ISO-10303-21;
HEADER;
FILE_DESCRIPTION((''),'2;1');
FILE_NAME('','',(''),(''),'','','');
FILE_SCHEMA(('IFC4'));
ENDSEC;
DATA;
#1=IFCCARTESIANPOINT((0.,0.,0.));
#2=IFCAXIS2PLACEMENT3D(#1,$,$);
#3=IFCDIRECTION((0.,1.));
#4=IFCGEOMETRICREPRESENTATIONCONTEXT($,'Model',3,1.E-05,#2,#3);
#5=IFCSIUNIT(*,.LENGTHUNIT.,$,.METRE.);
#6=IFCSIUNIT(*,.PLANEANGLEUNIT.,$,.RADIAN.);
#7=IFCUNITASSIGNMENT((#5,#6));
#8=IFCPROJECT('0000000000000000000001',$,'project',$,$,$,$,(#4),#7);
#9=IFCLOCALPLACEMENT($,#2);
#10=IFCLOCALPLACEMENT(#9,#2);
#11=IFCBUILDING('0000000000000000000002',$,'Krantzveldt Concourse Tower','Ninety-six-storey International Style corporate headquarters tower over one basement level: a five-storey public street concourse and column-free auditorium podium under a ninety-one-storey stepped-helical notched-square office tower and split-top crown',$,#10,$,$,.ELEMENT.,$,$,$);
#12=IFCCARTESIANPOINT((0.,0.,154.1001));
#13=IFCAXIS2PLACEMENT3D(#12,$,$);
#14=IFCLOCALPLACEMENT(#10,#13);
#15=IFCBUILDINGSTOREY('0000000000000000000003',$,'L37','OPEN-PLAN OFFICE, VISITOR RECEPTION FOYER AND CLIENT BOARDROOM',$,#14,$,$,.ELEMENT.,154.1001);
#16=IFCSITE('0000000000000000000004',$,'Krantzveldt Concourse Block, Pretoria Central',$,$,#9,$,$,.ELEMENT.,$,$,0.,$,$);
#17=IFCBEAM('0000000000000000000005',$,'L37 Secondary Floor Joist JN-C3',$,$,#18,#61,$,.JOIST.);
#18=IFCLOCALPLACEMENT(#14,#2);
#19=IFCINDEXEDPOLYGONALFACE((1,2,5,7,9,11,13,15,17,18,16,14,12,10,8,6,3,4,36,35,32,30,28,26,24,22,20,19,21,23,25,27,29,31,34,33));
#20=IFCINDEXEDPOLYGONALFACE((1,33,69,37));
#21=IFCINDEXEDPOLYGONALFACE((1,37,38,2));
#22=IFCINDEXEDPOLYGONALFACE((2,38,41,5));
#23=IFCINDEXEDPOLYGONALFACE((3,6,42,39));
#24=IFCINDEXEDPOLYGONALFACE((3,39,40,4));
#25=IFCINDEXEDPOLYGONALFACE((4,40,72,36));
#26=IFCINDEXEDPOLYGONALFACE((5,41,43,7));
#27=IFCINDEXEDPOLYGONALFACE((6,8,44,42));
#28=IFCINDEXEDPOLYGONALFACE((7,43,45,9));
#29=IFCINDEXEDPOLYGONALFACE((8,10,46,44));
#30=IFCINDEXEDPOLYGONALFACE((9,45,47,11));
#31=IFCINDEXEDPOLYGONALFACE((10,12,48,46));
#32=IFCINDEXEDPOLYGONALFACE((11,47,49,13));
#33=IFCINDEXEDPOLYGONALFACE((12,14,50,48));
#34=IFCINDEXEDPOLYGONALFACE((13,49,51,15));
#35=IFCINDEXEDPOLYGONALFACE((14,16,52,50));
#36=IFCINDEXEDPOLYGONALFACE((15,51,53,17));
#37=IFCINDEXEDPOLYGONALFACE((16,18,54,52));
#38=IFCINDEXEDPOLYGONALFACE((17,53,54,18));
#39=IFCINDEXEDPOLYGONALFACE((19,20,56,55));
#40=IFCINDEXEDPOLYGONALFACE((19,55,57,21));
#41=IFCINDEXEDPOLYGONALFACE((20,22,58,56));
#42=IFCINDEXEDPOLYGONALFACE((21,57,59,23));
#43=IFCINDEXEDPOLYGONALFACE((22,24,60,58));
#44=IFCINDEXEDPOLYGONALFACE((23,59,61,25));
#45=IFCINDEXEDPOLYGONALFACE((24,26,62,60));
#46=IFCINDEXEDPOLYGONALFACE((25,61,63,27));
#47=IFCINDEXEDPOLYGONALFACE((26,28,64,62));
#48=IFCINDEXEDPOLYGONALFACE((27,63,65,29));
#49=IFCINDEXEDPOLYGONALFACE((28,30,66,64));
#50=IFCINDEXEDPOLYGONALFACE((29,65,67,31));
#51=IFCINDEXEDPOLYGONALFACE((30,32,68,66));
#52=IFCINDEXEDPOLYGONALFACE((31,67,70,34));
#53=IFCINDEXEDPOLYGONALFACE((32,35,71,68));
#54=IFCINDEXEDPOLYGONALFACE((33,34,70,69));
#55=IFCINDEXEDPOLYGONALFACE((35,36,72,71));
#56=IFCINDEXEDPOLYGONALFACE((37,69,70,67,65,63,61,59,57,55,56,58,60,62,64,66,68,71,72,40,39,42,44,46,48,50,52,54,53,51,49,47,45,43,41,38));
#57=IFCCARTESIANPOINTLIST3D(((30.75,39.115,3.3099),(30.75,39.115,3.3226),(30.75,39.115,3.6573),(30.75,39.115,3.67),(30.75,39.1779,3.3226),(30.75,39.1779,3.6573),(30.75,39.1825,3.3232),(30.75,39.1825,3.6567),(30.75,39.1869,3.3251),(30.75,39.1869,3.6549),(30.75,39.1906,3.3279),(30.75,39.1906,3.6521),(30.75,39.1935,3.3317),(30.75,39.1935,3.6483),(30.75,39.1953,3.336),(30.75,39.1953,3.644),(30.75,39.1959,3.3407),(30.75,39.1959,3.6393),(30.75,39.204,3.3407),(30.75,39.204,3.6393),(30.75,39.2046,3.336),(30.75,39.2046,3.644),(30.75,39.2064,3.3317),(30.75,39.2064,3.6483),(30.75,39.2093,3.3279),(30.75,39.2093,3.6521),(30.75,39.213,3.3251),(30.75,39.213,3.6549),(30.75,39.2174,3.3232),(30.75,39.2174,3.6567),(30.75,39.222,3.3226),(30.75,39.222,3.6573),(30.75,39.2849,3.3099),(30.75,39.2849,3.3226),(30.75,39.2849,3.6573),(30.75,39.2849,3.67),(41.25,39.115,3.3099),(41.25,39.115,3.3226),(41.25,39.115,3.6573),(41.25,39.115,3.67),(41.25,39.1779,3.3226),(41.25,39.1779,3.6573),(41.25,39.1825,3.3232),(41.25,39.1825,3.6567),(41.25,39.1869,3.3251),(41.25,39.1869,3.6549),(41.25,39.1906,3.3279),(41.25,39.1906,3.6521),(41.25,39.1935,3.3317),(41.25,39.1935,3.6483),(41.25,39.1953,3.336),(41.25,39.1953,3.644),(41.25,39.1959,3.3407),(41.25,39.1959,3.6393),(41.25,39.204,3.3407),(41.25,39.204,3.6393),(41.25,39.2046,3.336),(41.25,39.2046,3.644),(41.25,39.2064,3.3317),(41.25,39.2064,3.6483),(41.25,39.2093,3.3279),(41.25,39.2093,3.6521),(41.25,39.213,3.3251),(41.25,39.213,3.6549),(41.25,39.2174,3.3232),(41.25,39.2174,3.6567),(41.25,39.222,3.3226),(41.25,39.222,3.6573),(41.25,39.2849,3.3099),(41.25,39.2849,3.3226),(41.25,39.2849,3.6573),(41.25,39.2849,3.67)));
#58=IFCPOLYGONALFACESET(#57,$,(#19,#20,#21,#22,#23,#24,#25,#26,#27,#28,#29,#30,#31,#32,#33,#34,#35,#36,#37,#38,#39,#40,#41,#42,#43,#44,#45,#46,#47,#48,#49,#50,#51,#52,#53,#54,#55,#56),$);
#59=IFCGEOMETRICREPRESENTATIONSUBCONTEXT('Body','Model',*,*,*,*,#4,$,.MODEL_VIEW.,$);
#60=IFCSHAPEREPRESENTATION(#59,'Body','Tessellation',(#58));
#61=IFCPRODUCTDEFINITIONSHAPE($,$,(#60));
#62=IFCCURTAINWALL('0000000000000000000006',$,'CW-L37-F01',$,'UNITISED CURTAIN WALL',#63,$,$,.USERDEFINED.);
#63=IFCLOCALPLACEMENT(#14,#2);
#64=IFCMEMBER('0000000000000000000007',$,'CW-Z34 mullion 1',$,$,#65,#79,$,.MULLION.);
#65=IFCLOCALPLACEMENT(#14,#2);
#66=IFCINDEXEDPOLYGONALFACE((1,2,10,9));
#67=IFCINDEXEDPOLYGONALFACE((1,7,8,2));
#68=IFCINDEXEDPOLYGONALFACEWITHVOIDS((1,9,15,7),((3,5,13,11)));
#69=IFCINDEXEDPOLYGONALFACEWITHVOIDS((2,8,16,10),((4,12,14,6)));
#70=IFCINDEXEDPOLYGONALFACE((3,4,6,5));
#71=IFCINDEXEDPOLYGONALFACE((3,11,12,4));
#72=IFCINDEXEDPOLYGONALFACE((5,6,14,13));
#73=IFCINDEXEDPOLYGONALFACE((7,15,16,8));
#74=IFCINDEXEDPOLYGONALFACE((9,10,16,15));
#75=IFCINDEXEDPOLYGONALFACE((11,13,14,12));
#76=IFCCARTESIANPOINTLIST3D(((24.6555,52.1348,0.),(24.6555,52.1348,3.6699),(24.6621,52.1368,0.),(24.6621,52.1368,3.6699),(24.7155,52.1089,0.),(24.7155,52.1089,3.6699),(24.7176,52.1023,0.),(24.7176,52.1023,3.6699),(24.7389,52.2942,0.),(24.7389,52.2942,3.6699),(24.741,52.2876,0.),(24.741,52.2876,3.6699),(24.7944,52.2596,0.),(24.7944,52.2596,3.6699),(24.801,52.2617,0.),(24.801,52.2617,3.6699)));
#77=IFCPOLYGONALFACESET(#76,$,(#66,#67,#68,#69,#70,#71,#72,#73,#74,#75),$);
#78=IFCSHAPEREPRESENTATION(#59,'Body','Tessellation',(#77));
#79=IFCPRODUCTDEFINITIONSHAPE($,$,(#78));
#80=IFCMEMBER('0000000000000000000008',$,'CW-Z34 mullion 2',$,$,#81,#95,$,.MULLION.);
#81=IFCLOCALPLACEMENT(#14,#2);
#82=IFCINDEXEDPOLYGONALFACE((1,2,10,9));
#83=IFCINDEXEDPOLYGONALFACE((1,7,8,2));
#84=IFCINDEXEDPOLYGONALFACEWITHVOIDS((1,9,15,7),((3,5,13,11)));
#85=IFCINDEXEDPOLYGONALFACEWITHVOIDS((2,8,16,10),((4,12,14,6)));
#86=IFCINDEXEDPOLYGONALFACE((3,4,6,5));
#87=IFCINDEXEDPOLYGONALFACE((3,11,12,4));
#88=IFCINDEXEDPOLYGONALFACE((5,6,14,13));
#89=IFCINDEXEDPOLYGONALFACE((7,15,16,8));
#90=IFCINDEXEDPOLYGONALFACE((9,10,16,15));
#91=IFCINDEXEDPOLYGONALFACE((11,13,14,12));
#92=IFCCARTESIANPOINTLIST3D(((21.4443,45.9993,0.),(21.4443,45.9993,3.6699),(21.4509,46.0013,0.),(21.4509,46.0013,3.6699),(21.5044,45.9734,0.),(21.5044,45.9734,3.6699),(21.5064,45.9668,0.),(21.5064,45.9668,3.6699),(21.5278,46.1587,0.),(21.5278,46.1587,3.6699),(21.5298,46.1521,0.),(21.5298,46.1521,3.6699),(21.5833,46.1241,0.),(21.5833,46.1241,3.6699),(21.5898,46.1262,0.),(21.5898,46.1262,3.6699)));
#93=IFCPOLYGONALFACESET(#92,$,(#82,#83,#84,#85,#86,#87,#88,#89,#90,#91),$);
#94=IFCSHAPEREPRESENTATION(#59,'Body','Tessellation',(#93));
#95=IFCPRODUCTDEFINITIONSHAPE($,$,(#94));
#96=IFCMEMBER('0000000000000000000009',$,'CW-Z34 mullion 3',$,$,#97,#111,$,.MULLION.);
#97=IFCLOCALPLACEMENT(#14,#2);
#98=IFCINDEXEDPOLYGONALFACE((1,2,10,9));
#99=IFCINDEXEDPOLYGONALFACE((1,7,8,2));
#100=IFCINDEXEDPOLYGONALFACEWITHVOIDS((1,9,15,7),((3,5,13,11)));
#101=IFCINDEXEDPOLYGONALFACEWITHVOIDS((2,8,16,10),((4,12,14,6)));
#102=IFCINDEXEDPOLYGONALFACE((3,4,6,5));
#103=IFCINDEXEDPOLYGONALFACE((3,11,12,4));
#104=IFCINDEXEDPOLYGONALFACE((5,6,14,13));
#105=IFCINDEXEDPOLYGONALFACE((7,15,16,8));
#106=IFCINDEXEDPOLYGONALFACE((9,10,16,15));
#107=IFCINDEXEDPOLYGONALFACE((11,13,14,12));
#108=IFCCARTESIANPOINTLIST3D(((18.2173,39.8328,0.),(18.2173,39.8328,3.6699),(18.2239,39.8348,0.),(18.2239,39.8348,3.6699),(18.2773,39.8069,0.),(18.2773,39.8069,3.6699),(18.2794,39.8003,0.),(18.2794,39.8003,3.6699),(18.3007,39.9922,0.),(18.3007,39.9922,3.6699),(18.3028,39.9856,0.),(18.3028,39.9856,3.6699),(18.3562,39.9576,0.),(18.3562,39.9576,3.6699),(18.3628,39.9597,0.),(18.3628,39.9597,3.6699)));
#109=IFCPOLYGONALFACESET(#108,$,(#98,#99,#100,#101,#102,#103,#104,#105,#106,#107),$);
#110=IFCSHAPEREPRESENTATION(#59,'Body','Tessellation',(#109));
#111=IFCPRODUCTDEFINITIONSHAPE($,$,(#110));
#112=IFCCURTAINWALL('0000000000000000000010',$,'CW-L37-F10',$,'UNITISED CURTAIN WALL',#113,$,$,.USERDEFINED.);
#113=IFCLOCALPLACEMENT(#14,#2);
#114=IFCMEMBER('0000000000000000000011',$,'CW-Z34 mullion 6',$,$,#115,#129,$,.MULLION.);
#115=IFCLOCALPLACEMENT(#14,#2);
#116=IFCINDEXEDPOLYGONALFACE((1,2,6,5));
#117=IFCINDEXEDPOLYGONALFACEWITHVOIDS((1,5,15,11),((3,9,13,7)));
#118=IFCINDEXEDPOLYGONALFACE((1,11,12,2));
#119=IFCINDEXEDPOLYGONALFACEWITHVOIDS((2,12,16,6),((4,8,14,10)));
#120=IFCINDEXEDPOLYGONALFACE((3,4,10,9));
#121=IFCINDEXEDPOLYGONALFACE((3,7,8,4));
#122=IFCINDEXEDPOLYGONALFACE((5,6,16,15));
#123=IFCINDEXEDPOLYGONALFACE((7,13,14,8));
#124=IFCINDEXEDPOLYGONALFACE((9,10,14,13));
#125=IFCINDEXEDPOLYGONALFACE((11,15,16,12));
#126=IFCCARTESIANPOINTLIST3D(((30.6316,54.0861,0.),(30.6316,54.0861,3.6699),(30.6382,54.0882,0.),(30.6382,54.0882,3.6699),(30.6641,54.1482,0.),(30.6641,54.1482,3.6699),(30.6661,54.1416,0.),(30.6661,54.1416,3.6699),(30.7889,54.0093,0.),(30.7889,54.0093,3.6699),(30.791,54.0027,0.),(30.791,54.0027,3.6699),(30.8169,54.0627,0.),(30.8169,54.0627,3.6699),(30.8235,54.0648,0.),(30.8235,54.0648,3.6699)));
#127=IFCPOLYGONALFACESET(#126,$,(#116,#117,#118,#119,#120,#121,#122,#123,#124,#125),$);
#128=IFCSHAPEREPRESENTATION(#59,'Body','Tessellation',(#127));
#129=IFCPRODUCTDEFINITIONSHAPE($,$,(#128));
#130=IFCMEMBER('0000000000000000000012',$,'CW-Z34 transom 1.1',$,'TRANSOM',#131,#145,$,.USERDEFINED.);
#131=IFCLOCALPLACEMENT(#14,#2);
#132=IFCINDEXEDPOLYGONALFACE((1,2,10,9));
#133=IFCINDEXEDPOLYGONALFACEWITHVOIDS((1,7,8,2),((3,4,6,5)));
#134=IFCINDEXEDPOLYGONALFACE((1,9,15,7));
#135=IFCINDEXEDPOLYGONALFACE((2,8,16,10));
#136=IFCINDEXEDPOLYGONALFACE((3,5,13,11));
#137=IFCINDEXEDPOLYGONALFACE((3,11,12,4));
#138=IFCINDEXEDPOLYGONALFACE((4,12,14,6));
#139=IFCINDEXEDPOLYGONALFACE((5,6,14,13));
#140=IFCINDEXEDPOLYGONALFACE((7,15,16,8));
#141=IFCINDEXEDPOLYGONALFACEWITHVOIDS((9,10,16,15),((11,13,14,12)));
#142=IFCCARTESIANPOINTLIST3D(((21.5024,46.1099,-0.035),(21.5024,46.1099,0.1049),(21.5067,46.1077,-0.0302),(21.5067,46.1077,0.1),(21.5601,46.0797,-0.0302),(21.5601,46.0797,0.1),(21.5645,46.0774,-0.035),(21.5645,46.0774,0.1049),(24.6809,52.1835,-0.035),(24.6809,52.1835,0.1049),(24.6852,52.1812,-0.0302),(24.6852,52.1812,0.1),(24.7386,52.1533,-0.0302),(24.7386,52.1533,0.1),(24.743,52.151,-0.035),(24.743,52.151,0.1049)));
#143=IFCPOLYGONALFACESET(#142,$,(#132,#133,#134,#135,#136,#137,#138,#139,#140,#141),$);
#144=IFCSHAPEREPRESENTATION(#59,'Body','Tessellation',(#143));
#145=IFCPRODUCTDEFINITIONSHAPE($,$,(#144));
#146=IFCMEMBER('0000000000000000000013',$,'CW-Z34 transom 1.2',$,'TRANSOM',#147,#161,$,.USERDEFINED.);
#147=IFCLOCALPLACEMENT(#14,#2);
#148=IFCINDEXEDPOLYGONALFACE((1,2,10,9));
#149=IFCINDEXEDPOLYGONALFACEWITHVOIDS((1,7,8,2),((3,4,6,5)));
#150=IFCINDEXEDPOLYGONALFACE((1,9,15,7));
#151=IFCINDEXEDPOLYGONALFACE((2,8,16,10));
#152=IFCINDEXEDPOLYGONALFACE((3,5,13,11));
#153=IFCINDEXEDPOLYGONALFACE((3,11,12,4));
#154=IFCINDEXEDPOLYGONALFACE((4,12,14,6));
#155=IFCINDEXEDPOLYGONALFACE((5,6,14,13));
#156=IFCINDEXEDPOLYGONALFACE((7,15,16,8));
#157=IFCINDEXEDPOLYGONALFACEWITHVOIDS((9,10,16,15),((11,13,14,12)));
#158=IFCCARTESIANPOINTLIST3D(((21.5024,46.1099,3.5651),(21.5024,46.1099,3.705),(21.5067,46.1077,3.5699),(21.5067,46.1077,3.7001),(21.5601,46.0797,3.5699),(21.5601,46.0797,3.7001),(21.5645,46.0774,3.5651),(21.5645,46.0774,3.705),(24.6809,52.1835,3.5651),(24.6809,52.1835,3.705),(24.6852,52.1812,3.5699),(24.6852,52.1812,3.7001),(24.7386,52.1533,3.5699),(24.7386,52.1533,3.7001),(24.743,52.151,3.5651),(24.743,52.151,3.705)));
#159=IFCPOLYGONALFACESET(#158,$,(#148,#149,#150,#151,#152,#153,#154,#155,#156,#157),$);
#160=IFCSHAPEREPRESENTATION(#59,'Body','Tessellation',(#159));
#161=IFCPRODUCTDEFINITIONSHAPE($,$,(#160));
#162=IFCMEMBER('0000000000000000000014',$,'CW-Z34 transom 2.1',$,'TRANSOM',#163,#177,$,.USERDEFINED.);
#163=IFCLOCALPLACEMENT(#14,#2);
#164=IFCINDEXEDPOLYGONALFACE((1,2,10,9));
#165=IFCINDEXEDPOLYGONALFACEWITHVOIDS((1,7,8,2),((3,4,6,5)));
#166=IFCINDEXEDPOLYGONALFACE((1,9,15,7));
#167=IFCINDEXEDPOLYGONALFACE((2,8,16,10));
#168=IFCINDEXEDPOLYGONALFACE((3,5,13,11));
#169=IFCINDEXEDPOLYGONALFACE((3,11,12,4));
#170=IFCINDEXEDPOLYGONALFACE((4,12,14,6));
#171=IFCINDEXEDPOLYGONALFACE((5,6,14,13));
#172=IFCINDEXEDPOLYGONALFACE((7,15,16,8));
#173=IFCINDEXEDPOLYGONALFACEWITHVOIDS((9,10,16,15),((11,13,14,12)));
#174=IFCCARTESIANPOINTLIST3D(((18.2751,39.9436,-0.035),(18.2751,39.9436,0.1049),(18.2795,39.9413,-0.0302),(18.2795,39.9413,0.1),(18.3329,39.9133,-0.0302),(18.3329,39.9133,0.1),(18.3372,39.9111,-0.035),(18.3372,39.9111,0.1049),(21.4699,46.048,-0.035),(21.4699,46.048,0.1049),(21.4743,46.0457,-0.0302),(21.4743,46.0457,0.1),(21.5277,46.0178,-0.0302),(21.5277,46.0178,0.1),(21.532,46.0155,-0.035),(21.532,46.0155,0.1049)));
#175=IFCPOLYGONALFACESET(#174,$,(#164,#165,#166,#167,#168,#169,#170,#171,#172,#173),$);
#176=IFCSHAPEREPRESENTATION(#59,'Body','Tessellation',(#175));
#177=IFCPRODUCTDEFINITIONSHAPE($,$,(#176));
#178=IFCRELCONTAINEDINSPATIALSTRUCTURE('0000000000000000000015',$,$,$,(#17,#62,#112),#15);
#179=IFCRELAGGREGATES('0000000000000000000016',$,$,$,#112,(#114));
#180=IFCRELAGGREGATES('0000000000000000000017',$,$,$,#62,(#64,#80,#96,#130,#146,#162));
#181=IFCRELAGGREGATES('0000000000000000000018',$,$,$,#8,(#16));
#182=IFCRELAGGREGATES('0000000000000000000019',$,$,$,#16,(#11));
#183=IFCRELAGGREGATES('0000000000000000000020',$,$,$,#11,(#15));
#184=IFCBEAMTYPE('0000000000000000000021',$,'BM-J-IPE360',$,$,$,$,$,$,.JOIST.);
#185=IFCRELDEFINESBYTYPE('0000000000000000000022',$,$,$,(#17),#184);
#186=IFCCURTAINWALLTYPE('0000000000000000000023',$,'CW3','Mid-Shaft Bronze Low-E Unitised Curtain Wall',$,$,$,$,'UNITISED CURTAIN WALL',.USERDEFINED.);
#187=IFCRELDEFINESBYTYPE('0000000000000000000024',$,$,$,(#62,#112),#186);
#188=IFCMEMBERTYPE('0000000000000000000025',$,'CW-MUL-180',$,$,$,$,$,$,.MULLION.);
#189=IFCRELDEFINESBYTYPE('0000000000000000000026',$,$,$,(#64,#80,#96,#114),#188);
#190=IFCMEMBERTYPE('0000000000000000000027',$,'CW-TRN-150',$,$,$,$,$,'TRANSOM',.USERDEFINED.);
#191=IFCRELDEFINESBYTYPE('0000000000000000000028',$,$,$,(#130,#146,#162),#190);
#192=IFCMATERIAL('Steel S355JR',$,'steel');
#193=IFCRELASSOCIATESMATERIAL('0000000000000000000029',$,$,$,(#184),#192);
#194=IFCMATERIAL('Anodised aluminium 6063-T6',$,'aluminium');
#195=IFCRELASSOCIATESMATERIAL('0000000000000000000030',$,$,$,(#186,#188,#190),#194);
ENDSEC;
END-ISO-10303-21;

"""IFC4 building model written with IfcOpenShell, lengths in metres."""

from ifc_helpers import new_model, si_unit, direction, frame, origin, origin_2d, place, context, subcontext, project, spatial, hollow_rectangle, i_section, extrude, source, transform, mapped, material, material_profile, profile_set, type_object, type_shapes, element, aggregate, save


model = new_model("IFC4")

# Units and contexts
model_context = context("Model", 3, precision=1e-05, world=origin(), true_north=direction((0.0, 1.0)))
body_context = subcontext(model_context, "Body", "Model", "MODEL_VIEW")
ifc_project = project(units=[si_unit("LENGTHUNIT", "METRE"), si_unit("PLANEANGLEUNIT", "RADIAN")], contexts=[model_context])

# Site, building, storey
site_placement = place(None, origin())
site = spatial("IfcSite", under=ifc_project, at=site_placement, Name="Krantzveldt Concourse Block, Pretoria Central", CompositionType="ELEMENT", RefElevation=0.0)
building_placement = place(site_placement, origin())
building = spatial("IfcBuilding", under=site, at=building_placement, Name="Krantzveldt Concourse Tower", Description="Ninety-six-storey International Style corporate headquarters tower over one basement level: a five-storey public street concourse and column-free auditorium podium under a ninety-one-storey stepped-helical notched-square office tower and split-top crown", CompositionType="ELEMENT")
storey_placement = place(building_placement, frame((0.0, 0.0, 154.1001)))
storey = spatial("IfcBuildingStorey", under=building, at=storey_placement, Name="L37", Description="OPEN-PLAN OFFICE, VISITOR RECEPTION FOYER AND CLIENT BOARDROOM", CompositionType="ELEMENT", Elevation=154.1001)

# Beam
ifc_material_1 = material(Name="Steel S355JR", Category="steel")
ifc_material_profile_1 = material_profile(ifc_material_1, i_section(OverallWidth=0.1699, OverallDepth=0.3601, WebThickness=0.0081, FlangeThickness=0.0127, FilletRadius=0.0181, at=origin_2d()), Name="Steel S355JR", Category="steel")
ifc_profile_set_1 = profile_set([ifc_material_profile_1], Name="Steel S355JR - IPE 360")
beam_type_1 = type_object("IfcBeamType", Name="BM-J-IPE360", PredefinedType="JOIST", material=ifc_profile_set_1)
shared_shape_1 = source(origin(), body_context, "Body", "SweptSolid", [
    extrude(i_section(OverallWidth=0.1699, OverallDepth=0.3601, WebThickness=0.0081, FlangeThickness=0.0127, FilletRadius=0.0181, at=origin_2d()), origin(), (0.0, 0.0, 1.0), 10.5),
])
type_shapes(beam_type_1, [shared_shape_1])
beam_1_placement = place(storey_placement, frame((30.75, 39.2, 3.49), z_axis=(1.0, 0.0, 0.0), x_axis=(0.0, 1.0, 0.0)))
element("IfcBeam", 1, at=beam_1_placement, inside=storey, type_object=beam_type_1, Name="L37 Secondary Floor Joist JN-C3", PredefinedType="JOIST", context=body_context, shape_type="MappedRepresentation", body=[
    mapped(shared_shape_1, transform((0.0, 0.0, 0.0), x_axis=(1.0, 0.0, 0.0), y_axis=(0.0, 1.0, 0.0), z_axis=(0.0, 0.0, 1.0), scale=1.0)),
])

# Curtain wall, members
ifc_material_2 = material(Name="Anodised aluminium 6063-T6", Category="aluminium")
curtain_wall_type = type_object("IfcCurtainWallType", Name="CW3", Description="Mid-Shaft Bronze Low-E Unitised Curtain Wall", ElementType="UNITISED CURTAIN WALL", PredefinedType="USERDEFINED", material=ifc_material_2)
curtain_wall_1_placement = place(storey_placement, origin())
curtain_wall_1 = element("IfcCurtainWall", 2, at=curtain_wall_1_placement, inside=storey, type_object=curtain_wall_type, Name="CW-L37-F01", ObjectType="UNITISED CURTAIN WALL", PredefinedType="USERDEFINED")
ifc_material_profile_2 = material_profile(ifc_material_2, hollow_rectangle(XDim=0.0701, YDim=0.1799, WallThickness=0.0049, at=origin_2d()), Name="Anodised aluminium 6063-T6", Category="aluminium")
ifc_profile_set_2 = profile_set([ifc_material_profile_2], Name="Anodised aluminium 6063-T6 - ALU-MULL 180x70x5")
member_type_1 = type_object("IfcMemberType", Name="CW-MUL-180", PredefinedType="MULLION", material=ifc_profile_set_2)
shared_shape_2 = source(origin(), body_context, "Body", "SweptSolid", [
    extrude(hollow_rectangle(XDim=0.0701, YDim=0.1799, WallThickness=0.0049, at=origin_2d()), origin(), (0.0, 0.0, 1.0), 3.6699),
])
type_shapes(member_type_1, [shared_shape_2])
member_1_placement = place(storey_placement, frame((24.7283, 52.1982, 0.0), z_axis=(0.0, 0.0, 1.0), x_axis=(0.886001, -0.463683, 0.0)))
member_1 = element("IfcMember", 3, at=member_1_placement, type_object=member_type_1, Name="CW-Z34 mullion 1", PredefinedType="MULLION", context=body_context, shape_type="MappedRepresentation", body=[
    mapped(shared_shape_2, transform((0.0, 0.0, 0.0), x_axis=(1.0, 0.0, 0.0), y_axis=(0.0, 1.0, 0.0), z_axis=(0.0, 0.0, 1.0), scale=1.0)),
])
member_2_placement = place(storey_placement, frame((21.5171, 46.0627, 0.0), z_axis=(0.0, 0.0, 1.0), x_axis=(0.886001, -0.463683, 0.0)))
member_2 = element("IfcMember", 4, at=member_2_placement, type_object=member_type_1, Name="CW-Z34 mullion 2", PredefinedType="MULLION", context=body_context, shape_type="MappedRepresentation", body=[
    mapped(shared_shape_2, transform((0.0, 0.0, 0.0), x_axis=(1.0, 0.0, 0.0), y_axis=(0.0, 1.0, 0.0), z_axis=(0.0, 0.0, 1.0), scale=1.0)),
])
member_3_placement = place(storey_placement, frame((18.29, 39.8962, 0.0), z_axis=(0.0, 0.0, 1.0), x_axis=(0.886001, -0.463683, 0.0)))
member_3 = element("IfcMember", 5, at=member_3_placement, type_object=member_type_1, Name="CW-Z34 mullion 3", PredefinedType="MULLION", context=body_context, shape_type="MappedRepresentation", body=[
    mapped(shared_shape_2, transform((0.0, 0.0, 0.0), x_axis=(1.0, 0.0, 0.0), y_axis=(0.0, 1.0, 0.0), z_axis=(0.0, 0.0, 1.0), scale=1.0)),
])

# Curtain wall, member
curtain_wall_2_placement = place(storey_placement, origin())
curtain_wall_2 = element("IfcCurtainWall", 6, at=curtain_wall_2_placement, inside=storey, type_object=curtain_wall_type, Name="CW-L37-F10", ObjectType="UNITISED CURTAIN WALL", PredefinedType="USERDEFINED")
member_4_placement = place(storey_placement, frame((30.7275, 54.0754, 0.0), z_axis=(0.0, 0.0, 1.0), x_axis=(-0.463683, -0.886001, 0.0)))
member_4 = element("IfcMember", 7, at=member_4_placement, type_object=member_type_1, Name="CW-Z34 mullion 6", PredefinedType="MULLION", context=body_context, shape_type="MappedRepresentation", body=[
    mapped(shared_shape_2, transform((0.0, 0.0, 0.0), x_axis=(1.0, 0.0, 0.0), y_axis=(0.0, 1.0, 0.0), z_axis=(0.0, 0.0, 1.0), scale=1.0)),
])

# Members
ifc_material_profile_3 = material_profile(ifc_material_2, hollow_rectangle(XDim=0.0701, YDim=0.1399, WallThickness=0.0049, at=origin_2d()), Name="Anodised aluminium 6063-T6", Category="aluminium")
ifc_profile_set_3 = profile_set([ifc_material_profile_3], Name="Anodised aluminium 6063-T6 - ALU-TRAN 140x70x5")
member_type_2 = type_object("IfcMemberType", Name="CW-TRN-150", ElementType="TRANSOM", PredefinedType="USERDEFINED", material=ifc_profile_set_3)
shared_shape_3 = source(origin(), body_context, "Body", "SweptSolid", [
    extrude(hollow_rectangle(XDim=0.0701, YDim=0.1399, WallThickness=0.0049, at=origin_2d()), origin(), (0.0, 0.0, 1.0), 6.855),
])
member_5_placement = place(storey_placement, frame((24.7119, 52.1672, 0.0349), z_axis=(-0.463677, -0.886004, 0.0), x_axis=(0.886004, -0.463677, 0.0)))
member_5 = element("IfcMember", 8, at=member_5_placement, type_object=member_type_2, Name="CW-Z34 transom 1.1", ObjectType="TRANSOM", PredefinedType="USERDEFINED", context=body_context, shape_type="MappedRepresentation", body=[
    mapped(shared_shape_3, transform((0.0, 0.0, 0.0), x_axis=(1.0, 0.0, 0.0), y_axis=(0.0, 1.0, 0.0), z_axis=(0.0, 0.0, 1.0), scale=1.0)),
])
member_6_placement = place(storey_placement, frame((24.7119, 52.1672, 3.635), z_axis=(-0.463677, -0.886004, 0.0), x_axis=(0.886004, -0.463677, 0.0)))
member_6 = element("IfcMember", 9, at=member_6_placement, type_object=member_type_2, Name="CW-Z34 transom 1.2", ObjectType="TRANSOM", PredefinedType="USERDEFINED", context=body_context, shape_type="MappedRepresentation", body=[
    mapped(shared_shape_3, transform((0.0, 0.0, 0.0), x_axis=(1.0, 0.0, 0.0), y_axis=(0.0, 1.0, 0.0), z_axis=(0.0, 0.0, 1.0), scale=1.0)),
])
shared_shape_4 = source(origin(), body_context, "Body", "SweptSolid", [
    extrude(hollow_rectangle(XDim=0.0701, YDim=0.1399, WallThickness=0.0049, at=origin_2d()), origin(), (0.0, 0.0, 1.0), 6.8899),
])
type_shapes(member_type_2, [shared_shape_3, shared_shape_4])
member_7_placement = place(storey_placement, frame((21.501, 46.0317, 0.0349), z_axis=(-0.463692, -0.885997, 0.0), x_axis=(0.885997, -0.463692, 0.0)))
member_7 = element("IfcMember", 10, at=member_7_placement, type_object=member_type_2, Name="CW-Z34 transom 2.1", ObjectType="TRANSOM", PredefinedType="USERDEFINED", context=body_context, shape_type="MappedRepresentation", body=[
    mapped(shared_shape_4, transform((0.0, 0.0, 0.0), x_axis=(1.0, 0.0, 0.0), y_axis=(0.0, 1.0, 0.0), z_axis=(0.0, 0.0, 1.0), scale=1.0)),
])

aggregate(curtain_wall_2, [member_4])
aggregate(curtain_wall_1, [member_1, member_2, member_3, member_5, member_6, member_7])

save(model, "model.ifc")
